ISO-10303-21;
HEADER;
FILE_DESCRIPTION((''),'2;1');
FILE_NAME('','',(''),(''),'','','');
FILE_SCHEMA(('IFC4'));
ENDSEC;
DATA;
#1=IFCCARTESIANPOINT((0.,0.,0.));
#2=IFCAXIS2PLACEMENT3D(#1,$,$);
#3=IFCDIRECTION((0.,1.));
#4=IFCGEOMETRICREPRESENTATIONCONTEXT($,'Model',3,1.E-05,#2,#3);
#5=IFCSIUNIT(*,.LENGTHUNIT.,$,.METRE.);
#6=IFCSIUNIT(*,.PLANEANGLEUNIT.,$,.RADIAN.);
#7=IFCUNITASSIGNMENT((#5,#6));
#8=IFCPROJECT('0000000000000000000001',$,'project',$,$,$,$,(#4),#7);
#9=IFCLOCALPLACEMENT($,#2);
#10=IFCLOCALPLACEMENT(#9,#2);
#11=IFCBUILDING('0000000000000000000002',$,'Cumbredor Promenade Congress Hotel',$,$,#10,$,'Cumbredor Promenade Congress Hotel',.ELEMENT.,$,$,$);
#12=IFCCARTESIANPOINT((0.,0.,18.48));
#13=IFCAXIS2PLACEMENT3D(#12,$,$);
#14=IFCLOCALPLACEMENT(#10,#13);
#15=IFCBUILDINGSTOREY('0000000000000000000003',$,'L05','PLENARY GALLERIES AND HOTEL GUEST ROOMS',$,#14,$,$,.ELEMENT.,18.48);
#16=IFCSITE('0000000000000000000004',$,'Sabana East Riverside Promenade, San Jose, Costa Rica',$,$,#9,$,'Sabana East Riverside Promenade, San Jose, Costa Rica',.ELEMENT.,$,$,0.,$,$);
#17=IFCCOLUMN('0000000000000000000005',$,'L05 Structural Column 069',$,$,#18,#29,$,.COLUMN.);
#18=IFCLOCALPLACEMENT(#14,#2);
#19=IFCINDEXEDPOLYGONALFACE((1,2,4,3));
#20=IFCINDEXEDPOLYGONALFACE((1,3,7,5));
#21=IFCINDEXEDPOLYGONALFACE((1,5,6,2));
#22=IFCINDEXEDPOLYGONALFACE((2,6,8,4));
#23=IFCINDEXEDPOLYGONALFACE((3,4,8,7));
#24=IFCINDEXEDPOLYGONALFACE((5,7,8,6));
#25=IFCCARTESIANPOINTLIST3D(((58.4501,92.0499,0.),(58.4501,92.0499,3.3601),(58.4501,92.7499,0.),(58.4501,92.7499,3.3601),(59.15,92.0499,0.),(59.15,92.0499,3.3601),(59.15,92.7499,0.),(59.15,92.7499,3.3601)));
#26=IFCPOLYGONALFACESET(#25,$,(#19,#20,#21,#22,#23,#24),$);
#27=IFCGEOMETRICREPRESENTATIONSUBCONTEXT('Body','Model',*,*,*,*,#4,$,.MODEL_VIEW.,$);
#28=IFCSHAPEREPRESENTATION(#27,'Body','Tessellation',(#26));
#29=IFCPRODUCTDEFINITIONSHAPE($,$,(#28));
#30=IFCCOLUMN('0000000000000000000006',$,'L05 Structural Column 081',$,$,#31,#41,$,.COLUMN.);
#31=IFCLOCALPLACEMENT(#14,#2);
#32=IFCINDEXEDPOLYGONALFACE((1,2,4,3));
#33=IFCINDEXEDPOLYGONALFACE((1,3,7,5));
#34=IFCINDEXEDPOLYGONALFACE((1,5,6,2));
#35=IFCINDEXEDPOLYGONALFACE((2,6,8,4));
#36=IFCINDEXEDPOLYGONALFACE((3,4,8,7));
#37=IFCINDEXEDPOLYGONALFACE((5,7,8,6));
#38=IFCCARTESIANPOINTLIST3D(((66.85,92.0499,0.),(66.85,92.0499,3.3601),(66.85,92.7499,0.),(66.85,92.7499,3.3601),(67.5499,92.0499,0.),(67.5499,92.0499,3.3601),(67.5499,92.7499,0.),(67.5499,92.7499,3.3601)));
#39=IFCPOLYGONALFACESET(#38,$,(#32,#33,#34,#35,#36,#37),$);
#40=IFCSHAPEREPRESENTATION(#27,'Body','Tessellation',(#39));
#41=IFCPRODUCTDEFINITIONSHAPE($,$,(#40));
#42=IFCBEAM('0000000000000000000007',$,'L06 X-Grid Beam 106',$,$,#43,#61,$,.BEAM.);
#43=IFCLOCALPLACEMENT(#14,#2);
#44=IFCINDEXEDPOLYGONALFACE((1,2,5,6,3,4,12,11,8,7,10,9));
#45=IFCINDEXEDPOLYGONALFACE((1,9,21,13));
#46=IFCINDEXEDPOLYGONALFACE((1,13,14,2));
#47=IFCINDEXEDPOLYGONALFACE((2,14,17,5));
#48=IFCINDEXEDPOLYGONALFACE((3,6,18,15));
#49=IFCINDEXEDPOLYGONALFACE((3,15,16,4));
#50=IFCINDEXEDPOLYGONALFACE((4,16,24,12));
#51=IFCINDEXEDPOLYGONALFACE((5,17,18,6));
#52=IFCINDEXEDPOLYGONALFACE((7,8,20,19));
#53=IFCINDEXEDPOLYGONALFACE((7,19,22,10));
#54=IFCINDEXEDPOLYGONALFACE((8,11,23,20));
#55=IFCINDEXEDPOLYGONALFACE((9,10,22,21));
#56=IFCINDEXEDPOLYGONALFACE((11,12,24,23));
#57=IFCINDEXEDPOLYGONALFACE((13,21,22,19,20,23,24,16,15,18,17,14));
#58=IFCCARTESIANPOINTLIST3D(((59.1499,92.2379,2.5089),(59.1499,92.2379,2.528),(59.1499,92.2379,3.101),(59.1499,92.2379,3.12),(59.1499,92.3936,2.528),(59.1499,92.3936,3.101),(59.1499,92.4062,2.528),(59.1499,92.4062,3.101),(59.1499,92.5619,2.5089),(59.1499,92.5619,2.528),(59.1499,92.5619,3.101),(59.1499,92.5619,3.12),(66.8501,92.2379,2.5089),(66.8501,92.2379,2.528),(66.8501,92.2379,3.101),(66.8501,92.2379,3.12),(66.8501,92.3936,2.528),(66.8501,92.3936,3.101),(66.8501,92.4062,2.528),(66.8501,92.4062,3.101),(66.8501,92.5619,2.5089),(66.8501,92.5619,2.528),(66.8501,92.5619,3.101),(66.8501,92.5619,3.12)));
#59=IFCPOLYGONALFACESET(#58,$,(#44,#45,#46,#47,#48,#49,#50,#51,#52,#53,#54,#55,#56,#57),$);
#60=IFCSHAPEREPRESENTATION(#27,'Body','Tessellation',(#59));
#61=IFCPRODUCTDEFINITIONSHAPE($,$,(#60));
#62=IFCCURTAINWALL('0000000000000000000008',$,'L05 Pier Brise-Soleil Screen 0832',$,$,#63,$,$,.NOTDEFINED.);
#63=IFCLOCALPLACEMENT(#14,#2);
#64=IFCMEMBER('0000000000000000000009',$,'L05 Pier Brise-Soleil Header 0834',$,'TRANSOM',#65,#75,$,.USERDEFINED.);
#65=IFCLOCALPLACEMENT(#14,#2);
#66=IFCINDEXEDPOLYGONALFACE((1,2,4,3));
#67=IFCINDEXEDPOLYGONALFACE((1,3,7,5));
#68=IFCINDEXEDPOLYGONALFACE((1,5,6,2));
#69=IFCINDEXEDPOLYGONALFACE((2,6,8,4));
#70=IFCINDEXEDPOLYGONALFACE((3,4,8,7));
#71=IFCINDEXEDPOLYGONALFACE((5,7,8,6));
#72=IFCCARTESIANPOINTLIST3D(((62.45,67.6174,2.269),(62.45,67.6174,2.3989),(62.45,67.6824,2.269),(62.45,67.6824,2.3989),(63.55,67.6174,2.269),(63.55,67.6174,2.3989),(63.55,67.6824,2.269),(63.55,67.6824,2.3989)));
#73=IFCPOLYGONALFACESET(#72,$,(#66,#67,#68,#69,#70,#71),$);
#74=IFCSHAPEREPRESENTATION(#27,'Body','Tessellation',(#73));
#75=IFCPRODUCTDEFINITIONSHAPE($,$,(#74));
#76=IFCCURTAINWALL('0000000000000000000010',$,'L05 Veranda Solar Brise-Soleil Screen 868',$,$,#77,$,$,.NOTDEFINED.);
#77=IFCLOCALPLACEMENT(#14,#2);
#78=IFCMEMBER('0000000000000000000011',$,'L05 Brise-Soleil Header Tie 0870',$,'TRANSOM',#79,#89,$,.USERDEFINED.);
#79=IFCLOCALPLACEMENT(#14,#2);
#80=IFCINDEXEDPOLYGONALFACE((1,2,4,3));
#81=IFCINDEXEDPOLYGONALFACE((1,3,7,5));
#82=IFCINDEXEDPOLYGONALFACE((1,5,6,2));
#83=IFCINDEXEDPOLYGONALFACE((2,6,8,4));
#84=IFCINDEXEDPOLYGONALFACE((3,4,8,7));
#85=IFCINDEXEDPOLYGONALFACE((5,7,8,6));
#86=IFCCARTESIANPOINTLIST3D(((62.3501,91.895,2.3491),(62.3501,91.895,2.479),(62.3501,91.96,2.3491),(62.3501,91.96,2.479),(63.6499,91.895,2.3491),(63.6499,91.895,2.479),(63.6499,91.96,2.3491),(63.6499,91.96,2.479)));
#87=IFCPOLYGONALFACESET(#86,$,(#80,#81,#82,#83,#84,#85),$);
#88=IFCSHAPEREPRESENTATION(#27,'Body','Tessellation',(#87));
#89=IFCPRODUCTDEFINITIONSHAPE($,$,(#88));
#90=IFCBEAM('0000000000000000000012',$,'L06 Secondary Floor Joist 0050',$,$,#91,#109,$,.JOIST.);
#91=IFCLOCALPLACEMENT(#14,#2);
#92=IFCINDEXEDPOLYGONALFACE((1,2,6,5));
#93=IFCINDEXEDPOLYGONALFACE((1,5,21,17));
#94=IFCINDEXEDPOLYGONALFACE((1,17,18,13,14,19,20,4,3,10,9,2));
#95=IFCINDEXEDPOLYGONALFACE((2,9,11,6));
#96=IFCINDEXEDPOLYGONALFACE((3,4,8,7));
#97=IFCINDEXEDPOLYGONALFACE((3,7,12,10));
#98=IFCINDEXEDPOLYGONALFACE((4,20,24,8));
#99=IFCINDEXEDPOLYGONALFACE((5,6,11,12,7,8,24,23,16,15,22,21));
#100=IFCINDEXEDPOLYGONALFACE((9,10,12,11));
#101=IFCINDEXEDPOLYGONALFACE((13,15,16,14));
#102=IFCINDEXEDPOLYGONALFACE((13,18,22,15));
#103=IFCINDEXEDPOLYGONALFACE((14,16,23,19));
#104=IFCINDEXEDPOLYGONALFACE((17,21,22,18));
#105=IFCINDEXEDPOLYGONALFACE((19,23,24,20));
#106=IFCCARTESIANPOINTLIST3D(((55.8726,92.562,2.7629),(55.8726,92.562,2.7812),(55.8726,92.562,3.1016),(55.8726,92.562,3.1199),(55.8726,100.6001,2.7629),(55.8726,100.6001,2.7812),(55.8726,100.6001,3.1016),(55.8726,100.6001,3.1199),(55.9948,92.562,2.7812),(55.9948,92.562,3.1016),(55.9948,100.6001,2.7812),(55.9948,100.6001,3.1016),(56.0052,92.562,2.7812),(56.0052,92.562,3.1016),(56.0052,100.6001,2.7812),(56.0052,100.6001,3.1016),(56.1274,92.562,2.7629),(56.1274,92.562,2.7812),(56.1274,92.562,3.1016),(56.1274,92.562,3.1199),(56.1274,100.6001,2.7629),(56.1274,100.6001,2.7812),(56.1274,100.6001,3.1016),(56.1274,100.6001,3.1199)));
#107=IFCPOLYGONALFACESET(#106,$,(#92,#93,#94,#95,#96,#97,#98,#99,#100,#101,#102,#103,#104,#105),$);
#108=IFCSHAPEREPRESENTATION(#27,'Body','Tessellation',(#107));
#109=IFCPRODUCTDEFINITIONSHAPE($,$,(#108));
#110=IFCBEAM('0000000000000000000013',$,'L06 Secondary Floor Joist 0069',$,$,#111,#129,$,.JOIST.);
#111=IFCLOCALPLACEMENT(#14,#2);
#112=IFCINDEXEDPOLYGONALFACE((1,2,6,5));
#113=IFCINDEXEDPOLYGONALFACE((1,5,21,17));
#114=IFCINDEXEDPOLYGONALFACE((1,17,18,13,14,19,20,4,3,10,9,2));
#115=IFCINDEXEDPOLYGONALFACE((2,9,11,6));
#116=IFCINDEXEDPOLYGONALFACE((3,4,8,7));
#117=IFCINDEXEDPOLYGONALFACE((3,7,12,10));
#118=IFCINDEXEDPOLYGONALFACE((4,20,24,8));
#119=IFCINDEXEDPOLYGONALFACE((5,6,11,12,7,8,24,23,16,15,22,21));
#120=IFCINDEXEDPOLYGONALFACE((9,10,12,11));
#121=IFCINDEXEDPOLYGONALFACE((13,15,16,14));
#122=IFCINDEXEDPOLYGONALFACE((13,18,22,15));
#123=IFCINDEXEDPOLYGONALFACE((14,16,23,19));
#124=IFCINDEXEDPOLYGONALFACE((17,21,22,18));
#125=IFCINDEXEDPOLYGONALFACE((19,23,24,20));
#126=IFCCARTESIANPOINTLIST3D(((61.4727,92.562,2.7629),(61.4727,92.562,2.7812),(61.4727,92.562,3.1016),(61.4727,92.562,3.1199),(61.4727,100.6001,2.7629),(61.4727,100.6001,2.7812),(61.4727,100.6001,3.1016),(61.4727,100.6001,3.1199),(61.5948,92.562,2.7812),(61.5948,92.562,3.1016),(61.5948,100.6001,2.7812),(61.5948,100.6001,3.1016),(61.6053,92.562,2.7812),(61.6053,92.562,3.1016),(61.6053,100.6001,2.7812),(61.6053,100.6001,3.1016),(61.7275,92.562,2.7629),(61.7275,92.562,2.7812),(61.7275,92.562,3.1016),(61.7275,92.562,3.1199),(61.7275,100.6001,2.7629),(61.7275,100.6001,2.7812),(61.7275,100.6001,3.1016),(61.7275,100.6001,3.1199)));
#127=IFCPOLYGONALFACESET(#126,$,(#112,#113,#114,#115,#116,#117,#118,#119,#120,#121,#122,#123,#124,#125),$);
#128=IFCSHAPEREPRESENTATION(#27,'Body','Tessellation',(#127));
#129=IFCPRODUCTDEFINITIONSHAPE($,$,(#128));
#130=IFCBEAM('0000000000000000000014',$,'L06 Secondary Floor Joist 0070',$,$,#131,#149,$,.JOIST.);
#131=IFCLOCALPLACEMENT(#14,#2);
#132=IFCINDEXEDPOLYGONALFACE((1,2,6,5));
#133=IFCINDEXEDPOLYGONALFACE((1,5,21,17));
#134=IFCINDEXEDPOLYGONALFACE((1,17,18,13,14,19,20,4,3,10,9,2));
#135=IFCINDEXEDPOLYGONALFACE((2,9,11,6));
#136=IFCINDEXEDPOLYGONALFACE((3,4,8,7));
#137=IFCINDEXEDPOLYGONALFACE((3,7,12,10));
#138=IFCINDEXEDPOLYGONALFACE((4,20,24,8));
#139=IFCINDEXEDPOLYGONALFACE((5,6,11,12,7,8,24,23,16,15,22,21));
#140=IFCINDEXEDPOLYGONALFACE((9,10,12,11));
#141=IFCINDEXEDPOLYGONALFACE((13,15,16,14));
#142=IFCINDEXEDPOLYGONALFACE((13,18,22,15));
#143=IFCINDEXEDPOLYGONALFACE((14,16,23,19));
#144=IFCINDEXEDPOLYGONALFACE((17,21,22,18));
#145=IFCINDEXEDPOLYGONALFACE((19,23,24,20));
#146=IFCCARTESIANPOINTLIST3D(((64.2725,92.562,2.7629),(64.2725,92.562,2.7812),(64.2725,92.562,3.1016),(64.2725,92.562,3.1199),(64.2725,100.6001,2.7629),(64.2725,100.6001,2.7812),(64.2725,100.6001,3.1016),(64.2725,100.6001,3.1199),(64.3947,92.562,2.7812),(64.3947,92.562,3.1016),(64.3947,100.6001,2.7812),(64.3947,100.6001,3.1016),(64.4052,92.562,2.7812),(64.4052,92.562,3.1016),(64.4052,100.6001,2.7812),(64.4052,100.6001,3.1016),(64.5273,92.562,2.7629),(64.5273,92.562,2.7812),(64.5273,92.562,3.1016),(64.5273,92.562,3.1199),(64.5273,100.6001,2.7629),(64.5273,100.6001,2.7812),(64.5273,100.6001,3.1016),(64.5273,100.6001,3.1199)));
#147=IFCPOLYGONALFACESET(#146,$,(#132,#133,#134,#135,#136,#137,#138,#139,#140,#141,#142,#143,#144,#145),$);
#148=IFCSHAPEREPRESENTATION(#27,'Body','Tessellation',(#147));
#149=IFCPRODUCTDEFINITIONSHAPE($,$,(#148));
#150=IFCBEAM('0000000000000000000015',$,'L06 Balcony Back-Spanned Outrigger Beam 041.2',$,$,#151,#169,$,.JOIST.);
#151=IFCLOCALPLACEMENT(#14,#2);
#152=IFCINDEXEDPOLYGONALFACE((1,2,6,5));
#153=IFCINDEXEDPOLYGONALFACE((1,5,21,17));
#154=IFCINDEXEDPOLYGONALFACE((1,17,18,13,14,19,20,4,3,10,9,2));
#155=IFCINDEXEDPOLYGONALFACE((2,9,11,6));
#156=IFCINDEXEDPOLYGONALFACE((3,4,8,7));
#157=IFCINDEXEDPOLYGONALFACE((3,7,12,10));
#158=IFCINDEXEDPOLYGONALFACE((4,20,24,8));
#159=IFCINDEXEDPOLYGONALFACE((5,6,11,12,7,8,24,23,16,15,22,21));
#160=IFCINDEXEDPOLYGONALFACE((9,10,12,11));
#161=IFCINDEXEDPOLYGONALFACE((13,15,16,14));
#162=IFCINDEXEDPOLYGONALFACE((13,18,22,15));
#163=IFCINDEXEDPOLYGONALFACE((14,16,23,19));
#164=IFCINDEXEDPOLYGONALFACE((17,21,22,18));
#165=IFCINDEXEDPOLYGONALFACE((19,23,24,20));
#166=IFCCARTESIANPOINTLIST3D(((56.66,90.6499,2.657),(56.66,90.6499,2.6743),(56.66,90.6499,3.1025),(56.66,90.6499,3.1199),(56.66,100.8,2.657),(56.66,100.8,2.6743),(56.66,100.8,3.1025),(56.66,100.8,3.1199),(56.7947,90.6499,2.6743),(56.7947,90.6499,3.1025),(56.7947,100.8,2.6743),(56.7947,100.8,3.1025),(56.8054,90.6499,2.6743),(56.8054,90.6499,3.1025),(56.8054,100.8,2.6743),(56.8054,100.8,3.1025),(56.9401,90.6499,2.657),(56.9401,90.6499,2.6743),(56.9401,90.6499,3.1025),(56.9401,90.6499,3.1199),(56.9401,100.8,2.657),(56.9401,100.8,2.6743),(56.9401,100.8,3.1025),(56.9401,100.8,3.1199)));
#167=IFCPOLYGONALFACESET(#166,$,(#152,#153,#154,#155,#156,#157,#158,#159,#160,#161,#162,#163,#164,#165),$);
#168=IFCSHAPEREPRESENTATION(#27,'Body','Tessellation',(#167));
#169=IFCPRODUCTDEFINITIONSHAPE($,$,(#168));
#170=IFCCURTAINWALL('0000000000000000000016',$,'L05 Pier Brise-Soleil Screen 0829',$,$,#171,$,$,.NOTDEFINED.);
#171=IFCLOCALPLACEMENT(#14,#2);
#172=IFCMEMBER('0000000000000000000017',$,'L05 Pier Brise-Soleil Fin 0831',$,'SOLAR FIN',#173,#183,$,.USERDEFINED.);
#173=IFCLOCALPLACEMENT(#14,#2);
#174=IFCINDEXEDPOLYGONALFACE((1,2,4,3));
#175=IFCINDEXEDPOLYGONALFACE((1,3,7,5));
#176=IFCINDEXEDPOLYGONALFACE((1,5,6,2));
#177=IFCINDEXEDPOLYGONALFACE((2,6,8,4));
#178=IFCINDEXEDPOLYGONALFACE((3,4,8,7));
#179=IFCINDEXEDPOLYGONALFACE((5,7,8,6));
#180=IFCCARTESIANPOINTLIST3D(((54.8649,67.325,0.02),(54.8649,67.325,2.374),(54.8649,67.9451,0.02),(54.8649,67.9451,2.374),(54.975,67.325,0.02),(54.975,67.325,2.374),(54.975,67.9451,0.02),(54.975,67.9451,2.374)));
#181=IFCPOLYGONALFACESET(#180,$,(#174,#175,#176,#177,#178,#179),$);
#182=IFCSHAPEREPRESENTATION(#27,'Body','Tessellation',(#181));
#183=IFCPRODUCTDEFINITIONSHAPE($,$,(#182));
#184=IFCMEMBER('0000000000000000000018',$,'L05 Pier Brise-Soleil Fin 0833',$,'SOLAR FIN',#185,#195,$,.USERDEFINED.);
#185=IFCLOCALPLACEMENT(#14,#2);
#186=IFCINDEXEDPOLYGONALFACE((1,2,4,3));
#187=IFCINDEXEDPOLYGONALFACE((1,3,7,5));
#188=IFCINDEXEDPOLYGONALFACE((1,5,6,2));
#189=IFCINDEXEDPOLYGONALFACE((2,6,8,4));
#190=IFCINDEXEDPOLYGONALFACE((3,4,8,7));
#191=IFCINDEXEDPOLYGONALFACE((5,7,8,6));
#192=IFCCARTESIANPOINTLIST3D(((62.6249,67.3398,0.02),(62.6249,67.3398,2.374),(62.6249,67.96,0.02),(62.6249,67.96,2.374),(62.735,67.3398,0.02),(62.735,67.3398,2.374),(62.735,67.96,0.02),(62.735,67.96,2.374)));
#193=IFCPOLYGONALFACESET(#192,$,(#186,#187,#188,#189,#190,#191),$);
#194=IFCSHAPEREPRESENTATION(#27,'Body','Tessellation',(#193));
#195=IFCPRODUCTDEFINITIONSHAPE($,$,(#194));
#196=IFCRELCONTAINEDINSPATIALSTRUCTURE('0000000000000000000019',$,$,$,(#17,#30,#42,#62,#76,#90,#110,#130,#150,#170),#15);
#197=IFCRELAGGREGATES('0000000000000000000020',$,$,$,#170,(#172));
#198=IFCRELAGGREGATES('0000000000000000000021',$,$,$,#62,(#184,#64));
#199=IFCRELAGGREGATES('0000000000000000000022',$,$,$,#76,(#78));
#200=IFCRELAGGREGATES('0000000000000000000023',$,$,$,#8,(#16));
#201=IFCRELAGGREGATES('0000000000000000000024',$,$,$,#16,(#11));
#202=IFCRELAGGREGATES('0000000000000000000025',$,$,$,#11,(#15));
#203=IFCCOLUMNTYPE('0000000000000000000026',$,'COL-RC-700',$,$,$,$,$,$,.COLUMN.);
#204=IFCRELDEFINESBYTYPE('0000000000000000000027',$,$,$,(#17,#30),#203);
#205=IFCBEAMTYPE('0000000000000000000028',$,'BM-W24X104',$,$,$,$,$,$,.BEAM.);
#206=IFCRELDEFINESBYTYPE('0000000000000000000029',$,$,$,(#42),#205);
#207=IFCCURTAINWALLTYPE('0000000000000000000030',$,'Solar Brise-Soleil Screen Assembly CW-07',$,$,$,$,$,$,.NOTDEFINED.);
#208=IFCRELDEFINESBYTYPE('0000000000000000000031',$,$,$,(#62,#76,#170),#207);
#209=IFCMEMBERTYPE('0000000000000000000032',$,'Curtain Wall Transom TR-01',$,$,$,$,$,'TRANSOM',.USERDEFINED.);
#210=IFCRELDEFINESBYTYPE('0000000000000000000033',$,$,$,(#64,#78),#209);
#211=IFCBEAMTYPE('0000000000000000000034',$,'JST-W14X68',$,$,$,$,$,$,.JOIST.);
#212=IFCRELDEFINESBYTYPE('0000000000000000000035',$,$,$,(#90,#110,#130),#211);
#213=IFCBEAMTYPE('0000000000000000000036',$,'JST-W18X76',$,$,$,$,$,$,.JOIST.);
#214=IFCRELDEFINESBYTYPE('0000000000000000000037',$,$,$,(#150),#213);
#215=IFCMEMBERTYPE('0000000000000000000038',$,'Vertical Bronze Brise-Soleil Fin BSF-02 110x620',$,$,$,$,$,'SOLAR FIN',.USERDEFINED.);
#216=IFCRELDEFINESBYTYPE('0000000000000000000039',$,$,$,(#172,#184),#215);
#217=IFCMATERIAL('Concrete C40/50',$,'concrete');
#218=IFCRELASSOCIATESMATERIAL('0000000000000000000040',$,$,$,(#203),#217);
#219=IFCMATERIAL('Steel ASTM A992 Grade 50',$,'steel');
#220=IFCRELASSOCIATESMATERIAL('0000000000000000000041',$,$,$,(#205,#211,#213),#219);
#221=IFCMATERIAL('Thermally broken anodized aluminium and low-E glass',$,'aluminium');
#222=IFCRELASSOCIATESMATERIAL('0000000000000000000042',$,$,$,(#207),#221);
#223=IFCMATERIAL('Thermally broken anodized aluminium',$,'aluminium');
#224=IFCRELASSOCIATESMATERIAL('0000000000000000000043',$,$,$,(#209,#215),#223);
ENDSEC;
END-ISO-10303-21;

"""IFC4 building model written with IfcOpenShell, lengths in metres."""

from ifc_helpers import new_model, si_unit, direction, frame, origin, origin_2d, place, context, subcontext, project, spatial, rectangle, i_section, extrude, material, material_profile, profile_set, type_object, element, aggregate, save


model = new_model("IFC4")

# Units and contexts
model_context = context("Model", 3, precision=1e-05, world=origin(), true_north=direction((0.0, 1.0)))
body_context = subcontext(model_context, "Body", "Model", "MODEL_VIEW")
ifc_project = project(units=[si_unit("LENGTHUNIT", "METRE"), si_unit("PLANEANGLEUNIT", "RADIAN")], contexts=[model_context])

# Site, building, storey
site_placement = place(None, origin())
site = spatial("IfcSite", under=ifc_project, at=site_placement, Name="Sabana East Riverside Promenade, San Jose, Costa Rica", LongName="Sabana East Riverside Promenade, San Jose, Costa Rica", CompositionType="ELEMENT", RefElevation=0.0)
building_placement = place(site_placement, origin())
building = spatial("IfcBuilding", under=site, at=building_placement, Name="Cumbredor Promenade Congress Hotel", LongName="Cumbredor Promenade Congress Hotel", CompositionType="ELEMENT")
storey_placement = place(building_placement, frame((0.0, 0.0, 18.48)))
storey = spatial("IfcBuildingStorey", under=building, at=storey_placement, Name="L05", Description="PLENARY GALLERIES AND HOTEL GUEST ROOMS", CompositionType="ELEMENT", Elevation=18.48)

# Columns
ifc_material_1 = material(Name="Concrete C40/50", Category="concrete")
ifc_material_profile_1 = material_profile(ifc_material_1, rectangle(XDim=0.7, YDim=0.7, at=origin_2d()), Name="RC 700x700")
ifc_profile_set_1 = profile_set([ifc_material_profile_1], Name="Concrete C40/50")
column_type = type_object("IfcColumnType", Name="COL-RC-700", PredefinedType="COLUMN", material=ifc_profile_set_1)
for number, where, z_axis, x_axis, name in (
    (1, (58.8, 92.3999, 0.0), (0.0, 0.0, 1.0), (1.0, 0.0, 0.0), "L05 Structural Column 069"),
    (2, (67.2, 92.3999, 0.0), (0.0, 0.0, 1.0), (1.0, 0.0, 0.0), "L05 Structural Column 081"),
):
    element("IfcColumn", number, at=place(storey_placement, frame(where, z_axis=z_axis, x_axis=x_axis)), inside=storey, type_object=column_type, Name=name, PredefinedType="COLUMN", context=body_context, shape_type="SweptSolid", body=[
        extrude(rectangle(XDim=0.7, YDim=0.7, at=origin_2d()), origin(), (0.0, 0.0, 1.0), 3.3601),
    ])

# Beam
ifc_material_2 = material(Name="Steel ASTM A992 Grade 50", Category="steel")
ifc_material_profile_2 = material_profile(ifc_material_2, i_section(OverallWidth=0.324, OverallDepth=0.6111, WebThickness=0.0127, FlangeThickness=0.019, at=origin_2d()), Name="W24X104")
ifc_profile_set_2 = profile_set([ifc_material_profile_2], Name="Steel ASTM A992 Grade 50")
beam_type_1 = type_object("IfcBeamType", Name="BM-W24X104", PredefinedType="BEAM", material=ifc_profile_set_2)
beam_1_placement = place(storey_placement, frame((59.1499, 92.3999, 2.8145), z_axis=(1.0, 0.0, 0.0), x_axis=(0.0, 1.0, 0.0)))
element("IfcBeam", 3, at=beam_1_placement, inside=storey, type_object=beam_type_1, Name="L06 X-Grid Beam 106", PredefinedType="BEAM", context=body_context, shape_type="SweptSolid", body=[
    extrude(i_section(OverallWidth=0.324, OverallDepth=0.6111, WebThickness=0.0127, FlangeThickness=0.019, at=origin_2d()), origin(), (0.0, 0.0, 1.0), 7.7002),
])

# Curtain walls, members
ifc_material_3 = material(Name="Thermally broken anodized aluminium and low-E glass", Category="aluminium")
curtain_wall_type = type_object("IfcCurtainWallType", Name="Solar Brise-Soleil Screen Assembly CW-07", PredefinedType="NOTDEFINED", material=ifc_material_3)
curtain_wall_1_placement = place(storey_placement, origin())
curtain_wall_1 = element("IfcCurtainWall", 4, at=curtain_wall_1_placement, inside=storey, type_object=curtain_wall_type, Name="L05 Pier Brise-Soleil Screen 0832", PredefinedType="NOTDEFINED")
ifc_material_4 = material(Name="Thermally broken anodized aluminium", Category="aluminium")
ifc_material_profile_3 = material_profile(ifc_material_4, rectangle(XDim=0.0649, YDim=0.1299, at=origin_2d()), Name="ALU TRANSOM 65x130")
ifc_profile_set_3 = profile_set([ifc_material_profile_3], Name="Thermally broken anodized aluminium")
member_type_1 = type_object("IfcMemberType", Name="Curtain Wall Transom TR-01", ElementType="TRANSOM", PredefinedType="USERDEFINED", material=ifc_profile_set_3)
member_1_placement = place(storey_placement, frame((62.45, 67.6499, 2.334), z_axis=(1.0, 0.0, 0.0), x_axis=(0.0, 1.0, 0.0)))
member_1 = element("IfcMember", 5, at=member_1_placement, type_object=member_type_1, Name="L05 Pier Brise-Soleil Header 0834", ObjectType="TRANSOM", PredefinedType="USERDEFINED", context=body_context, shape_type="SweptSolid", body=[
    extrude(rectangle(XDim=0.0649, YDim=0.1299, at=origin_2d()), origin(), (0.0, 0.0, 1.0), 1.1001),
])
curtain_wall_2_placement = place(storey_placement, origin())
curtain_wall_2 = element("IfcCurtainWall", 6, at=curtain_wall_2_placement, inside=storey, type_object=curtain_wall_type, Name="L05 Veranda Solar Brise-Soleil Screen 868", PredefinedType="NOTDEFINED")
member_2_placement = place(storey_placement, frame((62.3501, 91.9275, 2.4141), z_axis=(1.0, 0.0, 0.0), x_axis=(0.0, 1.0, 0.0)))
member_2 = element("IfcMember", 7, at=member_2_placement, type_object=member_type_1, Name="L05 Brise-Soleil Header Tie 0870", ObjectType="TRANSOM", PredefinedType="USERDEFINED", context=body_context, shape_type="SweptSolid", body=[
    extrude(rectangle(XDim=0.0649, YDim=0.1299, at=origin_2d()), origin(), (0.0, 0.0, 1.0), 1.2998),
])

# Beams
ifc_material_profile_4 = material_profile(ifc_material_2, i_section(OverallWidth=0.2549, OverallDepth=0.3569, WebThickness=0.0105, FlangeThickness=0.0183, at=origin_2d()), Name="W14X68")
ifc_profile_set_4 = profile_set([ifc_material_profile_4], Name="Steel ASTM A992 Grade 50")
beam_type_2 = type_object("IfcBeamType", Name="JST-W14X68", PredefinedType="JOIST", material=ifc_profile_set_4)
for number, where, z_axis, x_axis, name in (
    (8, (56.0, 92.562, 2.9414), (0.0, 1.0, 0.0), (-1.0, 0.0, 0.0), "L06 Secondary Floor Joist 0050"),
    (9, (61.6001, 92.562, 2.9414), (0.0, 1.0, 0.0), (-1.0, 0.0, 0.0), "L06 Secondary Floor Joist 0069"),
    (10, (64.3999, 92.562, 2.9414), (0.0, 1.0, 0.0), (-1.0, 0.0, 0.0), "L06 Secondary Floor Joist 0070"),
):
    element("IfcBeam", number, at=place(storey_placement, frame(where, z_axis=z_axis, x_axis=x_axis)), inside=storey, type_object=beam_type_2, Name=name, PredefinedType="JOIST", context=body_context, shape_type="SweptSolid", body=[
        extrude(i_section(OverallWidth=0.2549, OverallDepth=0.3569, WebThickness=0.0105, FlangeThickness=0.0183, at=origin_2d()), origin(), (0.0, 0.0, 1.0), 8.0381),
    ])
ifc_material_profile_5 = material_profile(ifc_material_2, i_section(OverallWidth=0.28, OverallDepth=0.4629, WebThickness=0.0107, FlangeThickness=0.0173, at=origin_2d()), Name="W18X76")
ifc_profile_set_5 = profile_set([ifc_material_profile_5], Name="Steel ASTM A992 Grade 50")
beam_type_3 = type_object("IfcBeamType", Name="JST-W18X76", PredefinedType="JOIST", material=ifc_profile_set_5)
beam_2_placement = place(storey_placement, frame((56.8, 90.6499, 2.8884), z_axis=(0.0, 1.0, 0.0), x_axis=(-1.0, 0.0, 0.0)))
element("IfcBeam", 11, at=beam_2_placement, inside=storey, type_object=beam_type_3, Name="L06 Balcony Back-Spanned Outrigger Beam 041.2", PredefinedType="JOIST", context=body_context, shape_type="SweptSolid", body=[
    extrude(i_section(OverallWidth=0.28, OverallDepth=0.4629, WebThickness=0.0107, FlangeThickness=0.0173, at=origin_2d()), origin(), (0.0, 0.0, 1.0), 10.1501),
])

# Curtain wall, member
curtain_wall_3_placement = place(storey_placement, origin())
curtain_wall_3 = element("IfcCurtainWall", 12, at=curtain_wall_3_placement, inside=storey, type_object=curtain_wall_type, Name="L05 Pier Brise-Soleil Screen 0829", PredefinedType="NOTDEFINED")
ifc_material_profile_6 = material_profile(ifc_material_4, rectangle(XDim=0.1101, YDim=0.6201, at=origin_2d()), Name="ARCH FIN 110x620")
ifc_profile_set_6 = profile_set([ifc_material_profile_6], Name="Thermally broken anodized aluminium")
member_type_2 = type_object("IfcMemberType", Name="Vertical Bronze Brise-Soleil Fin BSF-02 110x620", ElementType="SOLAR FIN", PredefinedType="USERDEFINED", material=ifc_profile_set_6)
member_3_placement = place(storey_placement, frame((54.9199, 67.635, 0.02), z_axis=(0.0, 0.0, 1.0), x_axis=(1.0, 0.0, 0.0)))
member_3 = element("IfcMember", 13, at=member_3_placement, type_object=member_type_2, Name="L05 Pier Brise-Soleil Fin 0831", ObjectType="SOLAR FIN", PredefinedType="USERDEFINED", context=body_context, shape_type="SweptSolid", body=[
    extrude(rectangle(XDim=0.1101, YDim=0.6201, at=origin_2d()), origin(), (0.0, 0.0, 1.0), 2.354),
])
aggregate(curtain_wall_3, [member_3])

# Member
member_4_placement = place(storey_placement, frame((62.6799, 67.6499, 0.02), z_axis=(0.0, 0.0, 1.0), x_axis=(1.0, 0.0, 0.0)))
member_4 = element("IfcMember", 14, at=member_4_placement, type_object=member_type_2, Name="L05 Pier Brise-Soleil Fin 0833", ObjectType="SOLAR FIN", PredefinedType="USERDEFINED", context=body_context, shape_type="SweptSolid", body=[
    extrude(rectangle(XDim=0.1101, YDim=0.6201, at=origin_2d()), origin(), (0.0, 0.0, 1.0), 2.354),
])
aggregate(curtain_wall_1, [member_4, member_1])

aggregate(curtain_wall_2, [member_2])

save(model, "model.ifc")
